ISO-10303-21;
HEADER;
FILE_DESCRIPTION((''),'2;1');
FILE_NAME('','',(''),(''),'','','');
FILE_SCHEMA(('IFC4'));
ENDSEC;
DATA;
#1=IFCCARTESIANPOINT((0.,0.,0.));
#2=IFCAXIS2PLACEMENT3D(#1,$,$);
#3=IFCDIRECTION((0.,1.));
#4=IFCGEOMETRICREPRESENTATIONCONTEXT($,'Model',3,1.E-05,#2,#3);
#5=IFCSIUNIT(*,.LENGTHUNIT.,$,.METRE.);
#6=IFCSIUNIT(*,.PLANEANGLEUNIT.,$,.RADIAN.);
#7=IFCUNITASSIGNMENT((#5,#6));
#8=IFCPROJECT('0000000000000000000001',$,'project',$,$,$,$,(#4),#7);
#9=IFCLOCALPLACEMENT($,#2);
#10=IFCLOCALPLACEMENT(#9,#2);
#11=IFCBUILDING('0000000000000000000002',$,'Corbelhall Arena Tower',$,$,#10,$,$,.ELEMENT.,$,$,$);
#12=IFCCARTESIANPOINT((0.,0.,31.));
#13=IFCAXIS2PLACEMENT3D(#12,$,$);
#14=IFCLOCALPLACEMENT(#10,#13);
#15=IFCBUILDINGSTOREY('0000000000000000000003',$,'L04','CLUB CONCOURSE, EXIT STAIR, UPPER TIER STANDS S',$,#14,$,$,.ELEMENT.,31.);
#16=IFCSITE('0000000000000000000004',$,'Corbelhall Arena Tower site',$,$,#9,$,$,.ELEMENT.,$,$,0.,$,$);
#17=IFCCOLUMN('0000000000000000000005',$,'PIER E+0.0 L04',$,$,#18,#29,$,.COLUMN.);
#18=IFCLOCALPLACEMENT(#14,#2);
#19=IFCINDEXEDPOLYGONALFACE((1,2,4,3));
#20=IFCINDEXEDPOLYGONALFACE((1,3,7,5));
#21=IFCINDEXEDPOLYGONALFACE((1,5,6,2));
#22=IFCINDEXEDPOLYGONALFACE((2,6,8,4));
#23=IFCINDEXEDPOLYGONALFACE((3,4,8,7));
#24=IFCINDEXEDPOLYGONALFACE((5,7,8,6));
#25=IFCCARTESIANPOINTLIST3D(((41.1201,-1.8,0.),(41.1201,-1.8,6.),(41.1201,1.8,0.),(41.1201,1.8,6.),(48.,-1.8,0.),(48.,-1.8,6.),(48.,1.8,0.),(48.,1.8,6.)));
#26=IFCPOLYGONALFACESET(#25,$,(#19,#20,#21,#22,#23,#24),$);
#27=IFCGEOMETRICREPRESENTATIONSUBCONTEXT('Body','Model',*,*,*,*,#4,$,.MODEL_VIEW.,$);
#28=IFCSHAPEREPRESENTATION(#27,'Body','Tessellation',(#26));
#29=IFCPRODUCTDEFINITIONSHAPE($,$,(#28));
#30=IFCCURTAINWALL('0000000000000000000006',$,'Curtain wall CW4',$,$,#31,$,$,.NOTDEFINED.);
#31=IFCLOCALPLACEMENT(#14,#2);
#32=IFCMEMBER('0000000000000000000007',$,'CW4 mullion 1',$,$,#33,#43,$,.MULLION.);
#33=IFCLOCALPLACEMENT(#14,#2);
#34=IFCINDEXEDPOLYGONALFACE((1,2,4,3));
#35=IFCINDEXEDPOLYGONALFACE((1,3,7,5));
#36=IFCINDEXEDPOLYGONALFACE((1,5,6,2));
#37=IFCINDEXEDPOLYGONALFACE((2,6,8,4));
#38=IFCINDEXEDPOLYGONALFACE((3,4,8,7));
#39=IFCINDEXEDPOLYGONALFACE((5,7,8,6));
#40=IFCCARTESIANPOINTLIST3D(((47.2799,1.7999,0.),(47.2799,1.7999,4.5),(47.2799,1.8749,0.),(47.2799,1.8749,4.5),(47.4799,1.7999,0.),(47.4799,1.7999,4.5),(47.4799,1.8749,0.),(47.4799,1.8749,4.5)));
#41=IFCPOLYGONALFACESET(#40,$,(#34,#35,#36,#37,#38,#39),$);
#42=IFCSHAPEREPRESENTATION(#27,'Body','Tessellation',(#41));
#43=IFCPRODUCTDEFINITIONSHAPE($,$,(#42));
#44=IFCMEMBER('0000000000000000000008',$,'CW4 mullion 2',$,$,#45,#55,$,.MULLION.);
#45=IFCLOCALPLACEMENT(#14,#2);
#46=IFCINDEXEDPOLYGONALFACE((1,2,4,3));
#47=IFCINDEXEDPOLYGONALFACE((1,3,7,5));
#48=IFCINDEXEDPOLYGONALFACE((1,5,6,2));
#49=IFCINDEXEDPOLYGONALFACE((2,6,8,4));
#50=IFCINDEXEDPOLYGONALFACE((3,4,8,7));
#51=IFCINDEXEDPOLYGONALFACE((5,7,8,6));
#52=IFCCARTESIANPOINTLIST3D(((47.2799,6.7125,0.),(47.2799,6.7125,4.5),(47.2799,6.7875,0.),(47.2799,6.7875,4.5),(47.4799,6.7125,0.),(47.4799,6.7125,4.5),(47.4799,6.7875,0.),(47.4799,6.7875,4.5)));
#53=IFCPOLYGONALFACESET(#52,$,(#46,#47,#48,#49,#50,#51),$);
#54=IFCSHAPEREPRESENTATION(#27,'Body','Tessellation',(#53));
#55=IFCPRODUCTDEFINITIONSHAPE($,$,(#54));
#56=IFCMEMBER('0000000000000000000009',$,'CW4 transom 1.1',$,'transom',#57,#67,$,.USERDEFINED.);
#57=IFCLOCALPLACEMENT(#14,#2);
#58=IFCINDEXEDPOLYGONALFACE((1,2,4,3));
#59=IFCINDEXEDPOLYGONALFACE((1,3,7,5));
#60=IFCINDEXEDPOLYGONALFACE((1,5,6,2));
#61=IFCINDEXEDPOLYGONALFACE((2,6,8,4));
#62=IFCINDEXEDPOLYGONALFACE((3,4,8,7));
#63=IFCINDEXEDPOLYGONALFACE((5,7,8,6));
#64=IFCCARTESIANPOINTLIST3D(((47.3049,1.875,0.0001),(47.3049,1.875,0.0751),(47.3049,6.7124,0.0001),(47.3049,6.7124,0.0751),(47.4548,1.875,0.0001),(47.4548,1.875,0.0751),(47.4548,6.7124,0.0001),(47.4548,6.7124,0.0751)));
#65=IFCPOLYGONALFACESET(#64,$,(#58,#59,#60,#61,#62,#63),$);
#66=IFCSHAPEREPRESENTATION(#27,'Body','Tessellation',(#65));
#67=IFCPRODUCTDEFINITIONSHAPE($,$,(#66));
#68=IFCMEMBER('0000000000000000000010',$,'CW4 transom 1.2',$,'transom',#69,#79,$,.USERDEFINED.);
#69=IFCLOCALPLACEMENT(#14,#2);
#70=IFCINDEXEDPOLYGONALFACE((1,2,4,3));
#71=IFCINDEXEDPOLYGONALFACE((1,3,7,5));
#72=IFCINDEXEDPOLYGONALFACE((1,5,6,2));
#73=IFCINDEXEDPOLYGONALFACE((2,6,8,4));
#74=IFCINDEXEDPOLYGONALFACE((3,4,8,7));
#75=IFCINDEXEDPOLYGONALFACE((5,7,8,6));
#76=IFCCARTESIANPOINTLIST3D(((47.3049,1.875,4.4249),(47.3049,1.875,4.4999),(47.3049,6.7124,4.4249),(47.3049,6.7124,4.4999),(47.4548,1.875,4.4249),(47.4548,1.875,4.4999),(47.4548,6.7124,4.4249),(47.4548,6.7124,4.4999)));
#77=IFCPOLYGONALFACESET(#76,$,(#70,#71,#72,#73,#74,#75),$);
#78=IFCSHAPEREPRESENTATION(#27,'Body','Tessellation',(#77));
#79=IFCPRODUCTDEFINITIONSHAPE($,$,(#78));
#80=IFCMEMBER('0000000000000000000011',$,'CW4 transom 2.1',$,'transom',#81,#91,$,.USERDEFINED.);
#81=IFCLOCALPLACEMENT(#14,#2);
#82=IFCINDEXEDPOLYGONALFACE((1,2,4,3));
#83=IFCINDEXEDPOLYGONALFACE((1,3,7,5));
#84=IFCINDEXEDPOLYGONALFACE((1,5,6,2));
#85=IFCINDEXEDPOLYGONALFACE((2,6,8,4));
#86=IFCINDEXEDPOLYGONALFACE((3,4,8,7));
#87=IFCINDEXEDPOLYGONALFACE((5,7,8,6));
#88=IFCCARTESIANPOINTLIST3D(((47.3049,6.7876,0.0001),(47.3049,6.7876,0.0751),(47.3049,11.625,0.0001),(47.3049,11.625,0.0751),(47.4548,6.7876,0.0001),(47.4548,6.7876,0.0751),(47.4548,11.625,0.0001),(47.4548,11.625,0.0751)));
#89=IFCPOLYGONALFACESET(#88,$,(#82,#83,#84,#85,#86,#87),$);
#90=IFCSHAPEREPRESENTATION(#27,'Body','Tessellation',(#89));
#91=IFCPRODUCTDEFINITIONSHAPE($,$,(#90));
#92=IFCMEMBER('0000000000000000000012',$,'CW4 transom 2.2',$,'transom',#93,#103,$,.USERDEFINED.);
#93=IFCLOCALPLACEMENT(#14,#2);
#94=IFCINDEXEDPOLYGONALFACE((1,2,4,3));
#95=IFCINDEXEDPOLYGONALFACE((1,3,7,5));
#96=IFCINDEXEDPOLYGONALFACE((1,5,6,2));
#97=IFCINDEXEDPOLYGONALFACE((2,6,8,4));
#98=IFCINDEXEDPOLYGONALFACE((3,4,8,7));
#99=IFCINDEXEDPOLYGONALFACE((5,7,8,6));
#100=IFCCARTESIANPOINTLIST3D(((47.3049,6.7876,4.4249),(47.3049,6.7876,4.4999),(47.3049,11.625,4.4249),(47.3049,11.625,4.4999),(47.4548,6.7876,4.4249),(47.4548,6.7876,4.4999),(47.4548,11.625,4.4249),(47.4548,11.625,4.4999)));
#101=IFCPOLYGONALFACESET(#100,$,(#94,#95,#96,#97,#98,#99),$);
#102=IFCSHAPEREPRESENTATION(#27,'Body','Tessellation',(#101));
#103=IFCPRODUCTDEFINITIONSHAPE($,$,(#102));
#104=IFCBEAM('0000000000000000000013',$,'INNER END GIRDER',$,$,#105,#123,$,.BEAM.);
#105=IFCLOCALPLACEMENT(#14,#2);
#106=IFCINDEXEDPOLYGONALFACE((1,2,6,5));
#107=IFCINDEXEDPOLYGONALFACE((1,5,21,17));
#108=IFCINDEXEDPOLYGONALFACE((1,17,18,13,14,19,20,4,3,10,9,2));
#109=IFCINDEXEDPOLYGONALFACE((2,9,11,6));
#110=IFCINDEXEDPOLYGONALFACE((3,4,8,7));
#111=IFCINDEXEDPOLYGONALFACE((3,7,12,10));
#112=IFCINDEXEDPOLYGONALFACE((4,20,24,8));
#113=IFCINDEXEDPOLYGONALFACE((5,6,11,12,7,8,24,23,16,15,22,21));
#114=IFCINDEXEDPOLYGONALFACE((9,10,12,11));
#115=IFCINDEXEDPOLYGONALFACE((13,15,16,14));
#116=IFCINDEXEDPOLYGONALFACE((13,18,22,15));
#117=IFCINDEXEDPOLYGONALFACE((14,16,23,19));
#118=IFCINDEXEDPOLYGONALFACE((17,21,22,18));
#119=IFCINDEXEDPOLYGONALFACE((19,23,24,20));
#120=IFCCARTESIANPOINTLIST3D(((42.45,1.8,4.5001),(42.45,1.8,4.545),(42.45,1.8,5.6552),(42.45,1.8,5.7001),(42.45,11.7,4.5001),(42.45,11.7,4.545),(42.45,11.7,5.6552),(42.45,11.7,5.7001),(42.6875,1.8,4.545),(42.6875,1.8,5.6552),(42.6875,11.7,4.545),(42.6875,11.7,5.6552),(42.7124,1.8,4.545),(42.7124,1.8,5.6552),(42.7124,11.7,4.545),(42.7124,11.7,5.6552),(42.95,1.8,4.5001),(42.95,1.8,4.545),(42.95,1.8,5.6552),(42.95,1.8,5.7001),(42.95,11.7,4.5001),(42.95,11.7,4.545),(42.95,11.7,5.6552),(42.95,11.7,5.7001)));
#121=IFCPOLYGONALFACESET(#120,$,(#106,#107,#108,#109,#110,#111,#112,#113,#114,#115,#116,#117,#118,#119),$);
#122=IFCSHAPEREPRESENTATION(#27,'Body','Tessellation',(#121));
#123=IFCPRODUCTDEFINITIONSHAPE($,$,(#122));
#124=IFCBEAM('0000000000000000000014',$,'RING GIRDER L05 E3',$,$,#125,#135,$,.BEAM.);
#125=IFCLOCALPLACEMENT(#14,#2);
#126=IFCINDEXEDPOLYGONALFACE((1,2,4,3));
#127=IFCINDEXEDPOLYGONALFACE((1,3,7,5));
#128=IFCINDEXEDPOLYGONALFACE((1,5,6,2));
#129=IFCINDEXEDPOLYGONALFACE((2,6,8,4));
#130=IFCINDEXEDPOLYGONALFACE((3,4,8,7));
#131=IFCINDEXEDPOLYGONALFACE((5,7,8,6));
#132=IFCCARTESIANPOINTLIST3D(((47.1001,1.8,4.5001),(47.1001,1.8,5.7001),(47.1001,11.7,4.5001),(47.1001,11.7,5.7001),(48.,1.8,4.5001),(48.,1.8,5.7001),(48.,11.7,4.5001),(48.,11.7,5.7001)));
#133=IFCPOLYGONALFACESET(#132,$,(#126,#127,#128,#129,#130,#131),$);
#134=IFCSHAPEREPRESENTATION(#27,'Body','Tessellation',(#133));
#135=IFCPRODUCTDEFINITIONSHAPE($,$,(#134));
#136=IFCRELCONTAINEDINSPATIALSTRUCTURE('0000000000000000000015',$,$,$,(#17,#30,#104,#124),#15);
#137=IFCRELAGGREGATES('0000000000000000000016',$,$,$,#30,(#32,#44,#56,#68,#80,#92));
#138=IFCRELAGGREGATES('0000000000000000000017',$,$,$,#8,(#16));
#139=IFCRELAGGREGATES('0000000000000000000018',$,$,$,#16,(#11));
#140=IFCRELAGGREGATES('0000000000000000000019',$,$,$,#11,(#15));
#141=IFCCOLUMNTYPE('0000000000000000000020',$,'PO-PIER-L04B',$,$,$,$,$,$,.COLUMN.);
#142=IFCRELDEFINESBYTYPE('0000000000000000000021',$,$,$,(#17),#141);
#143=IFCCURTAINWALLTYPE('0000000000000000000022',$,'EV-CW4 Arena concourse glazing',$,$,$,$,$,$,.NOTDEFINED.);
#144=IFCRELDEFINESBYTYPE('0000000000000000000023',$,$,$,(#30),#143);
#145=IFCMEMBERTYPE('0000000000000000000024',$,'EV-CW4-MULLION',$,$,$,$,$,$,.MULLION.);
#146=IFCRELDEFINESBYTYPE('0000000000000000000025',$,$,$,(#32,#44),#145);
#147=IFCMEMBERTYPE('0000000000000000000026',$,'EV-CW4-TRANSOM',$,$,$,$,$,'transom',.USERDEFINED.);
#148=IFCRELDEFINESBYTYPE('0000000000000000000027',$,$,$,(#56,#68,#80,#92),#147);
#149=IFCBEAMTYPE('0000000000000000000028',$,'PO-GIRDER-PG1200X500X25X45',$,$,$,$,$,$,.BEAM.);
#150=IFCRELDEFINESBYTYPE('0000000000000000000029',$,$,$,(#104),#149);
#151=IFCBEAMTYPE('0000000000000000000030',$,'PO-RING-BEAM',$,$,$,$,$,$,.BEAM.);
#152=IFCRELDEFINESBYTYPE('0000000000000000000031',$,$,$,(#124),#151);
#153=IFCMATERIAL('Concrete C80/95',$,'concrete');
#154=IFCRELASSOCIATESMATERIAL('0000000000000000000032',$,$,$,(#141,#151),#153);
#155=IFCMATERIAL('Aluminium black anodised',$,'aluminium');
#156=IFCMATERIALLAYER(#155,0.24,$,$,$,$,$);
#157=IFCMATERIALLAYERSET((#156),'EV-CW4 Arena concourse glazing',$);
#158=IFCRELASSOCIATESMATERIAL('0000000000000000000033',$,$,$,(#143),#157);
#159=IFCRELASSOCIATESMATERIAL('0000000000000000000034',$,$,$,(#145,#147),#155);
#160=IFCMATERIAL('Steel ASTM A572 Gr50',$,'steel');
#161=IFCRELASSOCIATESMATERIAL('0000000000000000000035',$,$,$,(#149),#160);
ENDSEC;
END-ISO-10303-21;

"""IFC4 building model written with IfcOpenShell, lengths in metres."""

from ifc_helpers import new_model, si_unit, direction, frame, origin, origin_2d, place, context, subcontext, project, spatial, rectangle, i_section, extrude, material, layer, layer_set, material_profile, profile_set, type_object, element, aggregate, save


model = new_model("IFC4")

# Units and contexts
model_context = context("Model", 3, precision=1e-05, world=origin(), true_north=direction((0.0, 1.0)))
body_context = subcontext(model_context, "Body", "Model", "MODEL_VIEW")
ifc_project = project(units=[si_unit("LENGTHUNIT", "METRE"), si_unit("PLANEANGLEUNIT", "RADIAN")], contexts=[model_context])

# Site, building, storey
site_placement = place(None, origin())
site = spatial("IfcSite", under=ifc_project, at=site_placement, Name="Corbelhall Arena Tower site", CompositionType="ELEMENT", RefElevation=0.0)
building_placement = place(site_placement, origin())
building = spatial("IfcBuilding", under=site, at=building_placement, Name="Corbelhall Arena Tower", CompositionType="ELEMENT")
storey_placement = place(building_placement, frame((0.0, 0.0, 31.0)))
storey = spatial("IfcBuildingStorey", under=building, at=storey_placement, Name="L04", Description="CLUB CONCOURSE, EXIT STAIR, UPPER TIER STANDS S", CompositionType="ELEMENT", Elevation=31.0)

# Column
ifc_material_1 = material(Name="Concrete C80/95", Category="concrete")
ifc_material_profile_1 = material_profile(ifc_material_1, rectangle(XDim=3.6001, YDim=6.8799, at=origin_2d()))
ifc_profile_set_1 = profile_set([ifc_material_profile_1], Name="Concrete C80/95")
column_type = type_object("IfcColumnType", Name="PO-PIER-L04B", PredefinedType="COLUMN", material=ifc_profile_set_1)
column_placement = place(storey_placement, frame((44.5601, 0.0, 0.0), z_axis=(0.0, 0.0, 1.0), x_axis=(0.0, 1.0, 0.0)))
element("IfcColumn", 1, at=column_placement, inside=storey, type_object=column_type, Name="PIER E+0.0 L04", PredefinedType="COLUMN", context=body_context, shape_type="SweptSolid", body=[
    extrude(rectangle(XDim=3.6001, YDim=6.8799, at=origin_2d()), origin(), (0.0, 0.0, 1.0), 6.0),
])

# Curtain wall, members
ifc_material_2 = material(Name="Aluminium black anodised", Category="aluminium")
ifc_layer_1 = layer(ifc_material_2, 0.24)
ifc_layer_set_1 = layer_set([ifc_layer_1], Name="EV-CW4 Arena concourse glazing")
curtain_wall_type = type_object("IfcCurtainWallType", Name="EV-CW4 Arena concourse glazing", PredefinedType="NOTDEFINED", material=ifc_layer_set_1)
curtain_wall_placement = place(storey_placement, origin())
curtain_wall = element("IfcCurtainWall", 2, at=curtain_wall_placement, inside=storey, type_object=curtain_wall_type, Name="Curtain wall CW4", PredefinedType="NOTDEFINED")
ifc_material_profile_2 = material_profile(ifc_material_2, rectangle(XDim=0.2, YDim=0.075, at=origin_2d()))
ifc_profile_set_2 = profile_set([ifc_material_profile_2], Name="Aluminium black anodised")
member_type_1 = type_object("IfcMemberType", Name="EV-CW4-MULLION", PredefinedType="MULLION", material=ifc_profile_set_2)
member_1_placement = place(storey_placement, frame((47.3799, 1.8374, 0.0), z_axis=(0.0, 0.0, 1.0), x_axis=(-1.0, 0.0, 0.0)))
member_1 = element("IfcMember", 3, at=member_1_placement, type_object=member_type_1, Name="CW4 mullion 1", PredefinedType="MULLION", context=body_context, shape_type="SweptSolid", body=[
    extrude(rectangle(XDim=0.2, YDim=0.075, at=origin_2d()), origin(), (0.0, 0.0, 1.0), 4.5),
])
member_2_placement = place(storey_placement, frame((47.3799, 6.75, 0.0), z_axis=(0.0, 0.0, 1.0), x_axis=(-1.0, 0.0, 0.0)))
member_2 = element("IfcMember", 4, at=member_2_placement, type_object=member_type_1, Name="CW4 mullion 2", PredefinedType="MULLION", context=body_context, shape_type="SweptSolid", body=[
    extrude(rectangle(XDim=0.2, YDim=0.075, at=origin_2d()), origin(), (0.0, 0.0, 1.0), 4.5),
])
ifc_material_profile_3 = material_profile(ifc_material_2, rectangle(XDim=0.1499, YDim=0.075, at=origin_2d()))
ifc_profile_set_3 = profile_set([ifc_material_profile_3], Name="Aluminium black anodised")
member_type_2 = type_object("IfcMemberType", Name="EV-CW4-TRANSOM", ElementType="transom", PredefinedType="USERDEFINED", material=ifc_profile_set_3)
member_3_placement = place(storey_placement, frame((47.3799, 1.875, 0.0376), z_axis=(0.0, 1.0, 0.0), x_axis=(-1.0, 0.0, 0.0)))
member_3 = element("IfcMember", 5, at=member_3_placement, type_object=member_type_2, Name="CW4 transom 1.1", ObjectType="transom", PredefinedType="USERDEFINED", context=body_context, shape_type="SweptSolid", body=[
    extrude(rectangle(XDim=0.1499, YDim=0.075, at=origin_2d()), origin(), (0.0, 0.0, 1.0), 4.8374),
])
member_4_placement = place(storey_placement, frame((47.3799, 1.875, 4.4624), z_axis=(0.0, 1.0, 0.0), x_axis=(-1.0, 0.0, 0.0)))
member_4 = element("IfcMember", 6, at=member_4_placement, type_object=member_type_2, Name="CW4 transom 1.2", ObjectType="transom", PredefinedType="USERDEFINED", context=body_context, shape_type="SweptSolid", body=[
    extrude(rectangle(XDim=0.1499, YDim=0.075, at=origin_2d()), origin(), (0.0, 0.0, 1.0), 4.8374),
])
member_5_placement = place(storey_placement, frame((47.3799, 6.7876, 0.0376), z_axis=(0.0, 1.0, 0.0), x_axis=(-1.0, 0.0, 0.0)))
member_5 = element("IfcMember", 7, at=member_5_placement, type_object=member_type_2, Name="CW4 transom 2.1", ObjectType="transom", PredefinedType="USERDEFINED", context=body_context, shape_type="SweptSolid", body=[
    extrude(rectangle(XDim=0.1499, YDim=0.075, at=origin_2d()), origin(), (0.0, 0.0, 1.0), 4.8374),
])
member_6_placement = place(storey_placement, frame((47.3799, 6.7876, 4.4624), z_axis=(0.0, 1.0, 0.0), x_axis=(-1.0, 0.0, 0.0)))
member_6 = element("IfcMember", 8, at=member_6_placement, type_object=member_type_2, Name="CW4 transom 2.2", ObjectType="transom", PredefinedType="USERDEFINED", context=body_context, shape_type="SweptSolid", body=[
    extrude(rectangle(XDim=0.1499, YDim=0.075, at=origin_2d()), origin(), (0.0, 0.0, 1.0), 4.8374),
])

# Beams
ifc_material_3 = material(Name="Steel ASTM A572 Gr50", Category="steel")
ifc_material_profile_4 = material_profile(ifc_material_3, i_section(OverallWidth=0.5, OverallDepth=1.2, WebThickness=0.0249, FlangeThickness=0.0449, at=origin_2d()))
ifc_profile_set_4 = profile_set([ifc_material_profile_4], Name="Steel ASTM A572 Gr50")
beam_type_1 = type_object("IfcBeamType", Name="PO-GIRDER-PG1200X500X25X45", PredefinedType="BEAM", material=ifc_profile_set_4)
beam_1_placement = place(storey_placement, frame((42.7, 1.8, 5.1001), z_axis=(0.0, 1.0, 0.0), x_axis=(-1.0, 0.0, 0.0)))
element("IfcBeam", 9, at=beam_1_placement, inside=storey, type_object=beam_type_1, Name="INNER END GIRDER", PredefinedType="BEAM", context=body_context, shape_type="SweptSolid", body=[
    extrude(i_section(OverallWidth=0.5, OverallDepth=1.2, WebThickness=0.0249, FlangeThickness=0.0449, at=origin_2d()), origin(), (0.0, 0.0, 1.0), 9.8999),
])
ifc_material_profile_5 = material_profile(ifc_material_1, rectangle(XDim=0.8999, YDim=1.2, at=origin_2d()))
ifc_profile_set_5 = profile_set([ifc_material_profile_5], Name="Concrete C80/95")
beam_type_2 = type_object("IfcBeamType", Name="PO-RING-BEAM", PredefinedType="BEAM", material=ifc_profile_set_5)
beam_2_placement = place(storey_placement, frame((47.55, 1.8, 5.1001), z_axis=(0.0, 1.0, 0.0), x_axis=(-1.0, 0.0, 0.0)))
element("IfcBeam", 10, at=beam_2_placement, inside=storey, type_object=beam_type_2, Name="RING GIRDER L05 E3", PredefinedType="BEAM", context=body_context, shape_type="SweptSolid", body=[
    extrude(rectangle(XDim=0.8999, YDim=1.2, at=origin_2d()), origin(), (0.0, 0.0, 1.0), 9.8999),
])

aggregate(curtain_wall, [member_1, member_2, member_3, member_4, member_5, member_6])

save(model, "model.ifc")
